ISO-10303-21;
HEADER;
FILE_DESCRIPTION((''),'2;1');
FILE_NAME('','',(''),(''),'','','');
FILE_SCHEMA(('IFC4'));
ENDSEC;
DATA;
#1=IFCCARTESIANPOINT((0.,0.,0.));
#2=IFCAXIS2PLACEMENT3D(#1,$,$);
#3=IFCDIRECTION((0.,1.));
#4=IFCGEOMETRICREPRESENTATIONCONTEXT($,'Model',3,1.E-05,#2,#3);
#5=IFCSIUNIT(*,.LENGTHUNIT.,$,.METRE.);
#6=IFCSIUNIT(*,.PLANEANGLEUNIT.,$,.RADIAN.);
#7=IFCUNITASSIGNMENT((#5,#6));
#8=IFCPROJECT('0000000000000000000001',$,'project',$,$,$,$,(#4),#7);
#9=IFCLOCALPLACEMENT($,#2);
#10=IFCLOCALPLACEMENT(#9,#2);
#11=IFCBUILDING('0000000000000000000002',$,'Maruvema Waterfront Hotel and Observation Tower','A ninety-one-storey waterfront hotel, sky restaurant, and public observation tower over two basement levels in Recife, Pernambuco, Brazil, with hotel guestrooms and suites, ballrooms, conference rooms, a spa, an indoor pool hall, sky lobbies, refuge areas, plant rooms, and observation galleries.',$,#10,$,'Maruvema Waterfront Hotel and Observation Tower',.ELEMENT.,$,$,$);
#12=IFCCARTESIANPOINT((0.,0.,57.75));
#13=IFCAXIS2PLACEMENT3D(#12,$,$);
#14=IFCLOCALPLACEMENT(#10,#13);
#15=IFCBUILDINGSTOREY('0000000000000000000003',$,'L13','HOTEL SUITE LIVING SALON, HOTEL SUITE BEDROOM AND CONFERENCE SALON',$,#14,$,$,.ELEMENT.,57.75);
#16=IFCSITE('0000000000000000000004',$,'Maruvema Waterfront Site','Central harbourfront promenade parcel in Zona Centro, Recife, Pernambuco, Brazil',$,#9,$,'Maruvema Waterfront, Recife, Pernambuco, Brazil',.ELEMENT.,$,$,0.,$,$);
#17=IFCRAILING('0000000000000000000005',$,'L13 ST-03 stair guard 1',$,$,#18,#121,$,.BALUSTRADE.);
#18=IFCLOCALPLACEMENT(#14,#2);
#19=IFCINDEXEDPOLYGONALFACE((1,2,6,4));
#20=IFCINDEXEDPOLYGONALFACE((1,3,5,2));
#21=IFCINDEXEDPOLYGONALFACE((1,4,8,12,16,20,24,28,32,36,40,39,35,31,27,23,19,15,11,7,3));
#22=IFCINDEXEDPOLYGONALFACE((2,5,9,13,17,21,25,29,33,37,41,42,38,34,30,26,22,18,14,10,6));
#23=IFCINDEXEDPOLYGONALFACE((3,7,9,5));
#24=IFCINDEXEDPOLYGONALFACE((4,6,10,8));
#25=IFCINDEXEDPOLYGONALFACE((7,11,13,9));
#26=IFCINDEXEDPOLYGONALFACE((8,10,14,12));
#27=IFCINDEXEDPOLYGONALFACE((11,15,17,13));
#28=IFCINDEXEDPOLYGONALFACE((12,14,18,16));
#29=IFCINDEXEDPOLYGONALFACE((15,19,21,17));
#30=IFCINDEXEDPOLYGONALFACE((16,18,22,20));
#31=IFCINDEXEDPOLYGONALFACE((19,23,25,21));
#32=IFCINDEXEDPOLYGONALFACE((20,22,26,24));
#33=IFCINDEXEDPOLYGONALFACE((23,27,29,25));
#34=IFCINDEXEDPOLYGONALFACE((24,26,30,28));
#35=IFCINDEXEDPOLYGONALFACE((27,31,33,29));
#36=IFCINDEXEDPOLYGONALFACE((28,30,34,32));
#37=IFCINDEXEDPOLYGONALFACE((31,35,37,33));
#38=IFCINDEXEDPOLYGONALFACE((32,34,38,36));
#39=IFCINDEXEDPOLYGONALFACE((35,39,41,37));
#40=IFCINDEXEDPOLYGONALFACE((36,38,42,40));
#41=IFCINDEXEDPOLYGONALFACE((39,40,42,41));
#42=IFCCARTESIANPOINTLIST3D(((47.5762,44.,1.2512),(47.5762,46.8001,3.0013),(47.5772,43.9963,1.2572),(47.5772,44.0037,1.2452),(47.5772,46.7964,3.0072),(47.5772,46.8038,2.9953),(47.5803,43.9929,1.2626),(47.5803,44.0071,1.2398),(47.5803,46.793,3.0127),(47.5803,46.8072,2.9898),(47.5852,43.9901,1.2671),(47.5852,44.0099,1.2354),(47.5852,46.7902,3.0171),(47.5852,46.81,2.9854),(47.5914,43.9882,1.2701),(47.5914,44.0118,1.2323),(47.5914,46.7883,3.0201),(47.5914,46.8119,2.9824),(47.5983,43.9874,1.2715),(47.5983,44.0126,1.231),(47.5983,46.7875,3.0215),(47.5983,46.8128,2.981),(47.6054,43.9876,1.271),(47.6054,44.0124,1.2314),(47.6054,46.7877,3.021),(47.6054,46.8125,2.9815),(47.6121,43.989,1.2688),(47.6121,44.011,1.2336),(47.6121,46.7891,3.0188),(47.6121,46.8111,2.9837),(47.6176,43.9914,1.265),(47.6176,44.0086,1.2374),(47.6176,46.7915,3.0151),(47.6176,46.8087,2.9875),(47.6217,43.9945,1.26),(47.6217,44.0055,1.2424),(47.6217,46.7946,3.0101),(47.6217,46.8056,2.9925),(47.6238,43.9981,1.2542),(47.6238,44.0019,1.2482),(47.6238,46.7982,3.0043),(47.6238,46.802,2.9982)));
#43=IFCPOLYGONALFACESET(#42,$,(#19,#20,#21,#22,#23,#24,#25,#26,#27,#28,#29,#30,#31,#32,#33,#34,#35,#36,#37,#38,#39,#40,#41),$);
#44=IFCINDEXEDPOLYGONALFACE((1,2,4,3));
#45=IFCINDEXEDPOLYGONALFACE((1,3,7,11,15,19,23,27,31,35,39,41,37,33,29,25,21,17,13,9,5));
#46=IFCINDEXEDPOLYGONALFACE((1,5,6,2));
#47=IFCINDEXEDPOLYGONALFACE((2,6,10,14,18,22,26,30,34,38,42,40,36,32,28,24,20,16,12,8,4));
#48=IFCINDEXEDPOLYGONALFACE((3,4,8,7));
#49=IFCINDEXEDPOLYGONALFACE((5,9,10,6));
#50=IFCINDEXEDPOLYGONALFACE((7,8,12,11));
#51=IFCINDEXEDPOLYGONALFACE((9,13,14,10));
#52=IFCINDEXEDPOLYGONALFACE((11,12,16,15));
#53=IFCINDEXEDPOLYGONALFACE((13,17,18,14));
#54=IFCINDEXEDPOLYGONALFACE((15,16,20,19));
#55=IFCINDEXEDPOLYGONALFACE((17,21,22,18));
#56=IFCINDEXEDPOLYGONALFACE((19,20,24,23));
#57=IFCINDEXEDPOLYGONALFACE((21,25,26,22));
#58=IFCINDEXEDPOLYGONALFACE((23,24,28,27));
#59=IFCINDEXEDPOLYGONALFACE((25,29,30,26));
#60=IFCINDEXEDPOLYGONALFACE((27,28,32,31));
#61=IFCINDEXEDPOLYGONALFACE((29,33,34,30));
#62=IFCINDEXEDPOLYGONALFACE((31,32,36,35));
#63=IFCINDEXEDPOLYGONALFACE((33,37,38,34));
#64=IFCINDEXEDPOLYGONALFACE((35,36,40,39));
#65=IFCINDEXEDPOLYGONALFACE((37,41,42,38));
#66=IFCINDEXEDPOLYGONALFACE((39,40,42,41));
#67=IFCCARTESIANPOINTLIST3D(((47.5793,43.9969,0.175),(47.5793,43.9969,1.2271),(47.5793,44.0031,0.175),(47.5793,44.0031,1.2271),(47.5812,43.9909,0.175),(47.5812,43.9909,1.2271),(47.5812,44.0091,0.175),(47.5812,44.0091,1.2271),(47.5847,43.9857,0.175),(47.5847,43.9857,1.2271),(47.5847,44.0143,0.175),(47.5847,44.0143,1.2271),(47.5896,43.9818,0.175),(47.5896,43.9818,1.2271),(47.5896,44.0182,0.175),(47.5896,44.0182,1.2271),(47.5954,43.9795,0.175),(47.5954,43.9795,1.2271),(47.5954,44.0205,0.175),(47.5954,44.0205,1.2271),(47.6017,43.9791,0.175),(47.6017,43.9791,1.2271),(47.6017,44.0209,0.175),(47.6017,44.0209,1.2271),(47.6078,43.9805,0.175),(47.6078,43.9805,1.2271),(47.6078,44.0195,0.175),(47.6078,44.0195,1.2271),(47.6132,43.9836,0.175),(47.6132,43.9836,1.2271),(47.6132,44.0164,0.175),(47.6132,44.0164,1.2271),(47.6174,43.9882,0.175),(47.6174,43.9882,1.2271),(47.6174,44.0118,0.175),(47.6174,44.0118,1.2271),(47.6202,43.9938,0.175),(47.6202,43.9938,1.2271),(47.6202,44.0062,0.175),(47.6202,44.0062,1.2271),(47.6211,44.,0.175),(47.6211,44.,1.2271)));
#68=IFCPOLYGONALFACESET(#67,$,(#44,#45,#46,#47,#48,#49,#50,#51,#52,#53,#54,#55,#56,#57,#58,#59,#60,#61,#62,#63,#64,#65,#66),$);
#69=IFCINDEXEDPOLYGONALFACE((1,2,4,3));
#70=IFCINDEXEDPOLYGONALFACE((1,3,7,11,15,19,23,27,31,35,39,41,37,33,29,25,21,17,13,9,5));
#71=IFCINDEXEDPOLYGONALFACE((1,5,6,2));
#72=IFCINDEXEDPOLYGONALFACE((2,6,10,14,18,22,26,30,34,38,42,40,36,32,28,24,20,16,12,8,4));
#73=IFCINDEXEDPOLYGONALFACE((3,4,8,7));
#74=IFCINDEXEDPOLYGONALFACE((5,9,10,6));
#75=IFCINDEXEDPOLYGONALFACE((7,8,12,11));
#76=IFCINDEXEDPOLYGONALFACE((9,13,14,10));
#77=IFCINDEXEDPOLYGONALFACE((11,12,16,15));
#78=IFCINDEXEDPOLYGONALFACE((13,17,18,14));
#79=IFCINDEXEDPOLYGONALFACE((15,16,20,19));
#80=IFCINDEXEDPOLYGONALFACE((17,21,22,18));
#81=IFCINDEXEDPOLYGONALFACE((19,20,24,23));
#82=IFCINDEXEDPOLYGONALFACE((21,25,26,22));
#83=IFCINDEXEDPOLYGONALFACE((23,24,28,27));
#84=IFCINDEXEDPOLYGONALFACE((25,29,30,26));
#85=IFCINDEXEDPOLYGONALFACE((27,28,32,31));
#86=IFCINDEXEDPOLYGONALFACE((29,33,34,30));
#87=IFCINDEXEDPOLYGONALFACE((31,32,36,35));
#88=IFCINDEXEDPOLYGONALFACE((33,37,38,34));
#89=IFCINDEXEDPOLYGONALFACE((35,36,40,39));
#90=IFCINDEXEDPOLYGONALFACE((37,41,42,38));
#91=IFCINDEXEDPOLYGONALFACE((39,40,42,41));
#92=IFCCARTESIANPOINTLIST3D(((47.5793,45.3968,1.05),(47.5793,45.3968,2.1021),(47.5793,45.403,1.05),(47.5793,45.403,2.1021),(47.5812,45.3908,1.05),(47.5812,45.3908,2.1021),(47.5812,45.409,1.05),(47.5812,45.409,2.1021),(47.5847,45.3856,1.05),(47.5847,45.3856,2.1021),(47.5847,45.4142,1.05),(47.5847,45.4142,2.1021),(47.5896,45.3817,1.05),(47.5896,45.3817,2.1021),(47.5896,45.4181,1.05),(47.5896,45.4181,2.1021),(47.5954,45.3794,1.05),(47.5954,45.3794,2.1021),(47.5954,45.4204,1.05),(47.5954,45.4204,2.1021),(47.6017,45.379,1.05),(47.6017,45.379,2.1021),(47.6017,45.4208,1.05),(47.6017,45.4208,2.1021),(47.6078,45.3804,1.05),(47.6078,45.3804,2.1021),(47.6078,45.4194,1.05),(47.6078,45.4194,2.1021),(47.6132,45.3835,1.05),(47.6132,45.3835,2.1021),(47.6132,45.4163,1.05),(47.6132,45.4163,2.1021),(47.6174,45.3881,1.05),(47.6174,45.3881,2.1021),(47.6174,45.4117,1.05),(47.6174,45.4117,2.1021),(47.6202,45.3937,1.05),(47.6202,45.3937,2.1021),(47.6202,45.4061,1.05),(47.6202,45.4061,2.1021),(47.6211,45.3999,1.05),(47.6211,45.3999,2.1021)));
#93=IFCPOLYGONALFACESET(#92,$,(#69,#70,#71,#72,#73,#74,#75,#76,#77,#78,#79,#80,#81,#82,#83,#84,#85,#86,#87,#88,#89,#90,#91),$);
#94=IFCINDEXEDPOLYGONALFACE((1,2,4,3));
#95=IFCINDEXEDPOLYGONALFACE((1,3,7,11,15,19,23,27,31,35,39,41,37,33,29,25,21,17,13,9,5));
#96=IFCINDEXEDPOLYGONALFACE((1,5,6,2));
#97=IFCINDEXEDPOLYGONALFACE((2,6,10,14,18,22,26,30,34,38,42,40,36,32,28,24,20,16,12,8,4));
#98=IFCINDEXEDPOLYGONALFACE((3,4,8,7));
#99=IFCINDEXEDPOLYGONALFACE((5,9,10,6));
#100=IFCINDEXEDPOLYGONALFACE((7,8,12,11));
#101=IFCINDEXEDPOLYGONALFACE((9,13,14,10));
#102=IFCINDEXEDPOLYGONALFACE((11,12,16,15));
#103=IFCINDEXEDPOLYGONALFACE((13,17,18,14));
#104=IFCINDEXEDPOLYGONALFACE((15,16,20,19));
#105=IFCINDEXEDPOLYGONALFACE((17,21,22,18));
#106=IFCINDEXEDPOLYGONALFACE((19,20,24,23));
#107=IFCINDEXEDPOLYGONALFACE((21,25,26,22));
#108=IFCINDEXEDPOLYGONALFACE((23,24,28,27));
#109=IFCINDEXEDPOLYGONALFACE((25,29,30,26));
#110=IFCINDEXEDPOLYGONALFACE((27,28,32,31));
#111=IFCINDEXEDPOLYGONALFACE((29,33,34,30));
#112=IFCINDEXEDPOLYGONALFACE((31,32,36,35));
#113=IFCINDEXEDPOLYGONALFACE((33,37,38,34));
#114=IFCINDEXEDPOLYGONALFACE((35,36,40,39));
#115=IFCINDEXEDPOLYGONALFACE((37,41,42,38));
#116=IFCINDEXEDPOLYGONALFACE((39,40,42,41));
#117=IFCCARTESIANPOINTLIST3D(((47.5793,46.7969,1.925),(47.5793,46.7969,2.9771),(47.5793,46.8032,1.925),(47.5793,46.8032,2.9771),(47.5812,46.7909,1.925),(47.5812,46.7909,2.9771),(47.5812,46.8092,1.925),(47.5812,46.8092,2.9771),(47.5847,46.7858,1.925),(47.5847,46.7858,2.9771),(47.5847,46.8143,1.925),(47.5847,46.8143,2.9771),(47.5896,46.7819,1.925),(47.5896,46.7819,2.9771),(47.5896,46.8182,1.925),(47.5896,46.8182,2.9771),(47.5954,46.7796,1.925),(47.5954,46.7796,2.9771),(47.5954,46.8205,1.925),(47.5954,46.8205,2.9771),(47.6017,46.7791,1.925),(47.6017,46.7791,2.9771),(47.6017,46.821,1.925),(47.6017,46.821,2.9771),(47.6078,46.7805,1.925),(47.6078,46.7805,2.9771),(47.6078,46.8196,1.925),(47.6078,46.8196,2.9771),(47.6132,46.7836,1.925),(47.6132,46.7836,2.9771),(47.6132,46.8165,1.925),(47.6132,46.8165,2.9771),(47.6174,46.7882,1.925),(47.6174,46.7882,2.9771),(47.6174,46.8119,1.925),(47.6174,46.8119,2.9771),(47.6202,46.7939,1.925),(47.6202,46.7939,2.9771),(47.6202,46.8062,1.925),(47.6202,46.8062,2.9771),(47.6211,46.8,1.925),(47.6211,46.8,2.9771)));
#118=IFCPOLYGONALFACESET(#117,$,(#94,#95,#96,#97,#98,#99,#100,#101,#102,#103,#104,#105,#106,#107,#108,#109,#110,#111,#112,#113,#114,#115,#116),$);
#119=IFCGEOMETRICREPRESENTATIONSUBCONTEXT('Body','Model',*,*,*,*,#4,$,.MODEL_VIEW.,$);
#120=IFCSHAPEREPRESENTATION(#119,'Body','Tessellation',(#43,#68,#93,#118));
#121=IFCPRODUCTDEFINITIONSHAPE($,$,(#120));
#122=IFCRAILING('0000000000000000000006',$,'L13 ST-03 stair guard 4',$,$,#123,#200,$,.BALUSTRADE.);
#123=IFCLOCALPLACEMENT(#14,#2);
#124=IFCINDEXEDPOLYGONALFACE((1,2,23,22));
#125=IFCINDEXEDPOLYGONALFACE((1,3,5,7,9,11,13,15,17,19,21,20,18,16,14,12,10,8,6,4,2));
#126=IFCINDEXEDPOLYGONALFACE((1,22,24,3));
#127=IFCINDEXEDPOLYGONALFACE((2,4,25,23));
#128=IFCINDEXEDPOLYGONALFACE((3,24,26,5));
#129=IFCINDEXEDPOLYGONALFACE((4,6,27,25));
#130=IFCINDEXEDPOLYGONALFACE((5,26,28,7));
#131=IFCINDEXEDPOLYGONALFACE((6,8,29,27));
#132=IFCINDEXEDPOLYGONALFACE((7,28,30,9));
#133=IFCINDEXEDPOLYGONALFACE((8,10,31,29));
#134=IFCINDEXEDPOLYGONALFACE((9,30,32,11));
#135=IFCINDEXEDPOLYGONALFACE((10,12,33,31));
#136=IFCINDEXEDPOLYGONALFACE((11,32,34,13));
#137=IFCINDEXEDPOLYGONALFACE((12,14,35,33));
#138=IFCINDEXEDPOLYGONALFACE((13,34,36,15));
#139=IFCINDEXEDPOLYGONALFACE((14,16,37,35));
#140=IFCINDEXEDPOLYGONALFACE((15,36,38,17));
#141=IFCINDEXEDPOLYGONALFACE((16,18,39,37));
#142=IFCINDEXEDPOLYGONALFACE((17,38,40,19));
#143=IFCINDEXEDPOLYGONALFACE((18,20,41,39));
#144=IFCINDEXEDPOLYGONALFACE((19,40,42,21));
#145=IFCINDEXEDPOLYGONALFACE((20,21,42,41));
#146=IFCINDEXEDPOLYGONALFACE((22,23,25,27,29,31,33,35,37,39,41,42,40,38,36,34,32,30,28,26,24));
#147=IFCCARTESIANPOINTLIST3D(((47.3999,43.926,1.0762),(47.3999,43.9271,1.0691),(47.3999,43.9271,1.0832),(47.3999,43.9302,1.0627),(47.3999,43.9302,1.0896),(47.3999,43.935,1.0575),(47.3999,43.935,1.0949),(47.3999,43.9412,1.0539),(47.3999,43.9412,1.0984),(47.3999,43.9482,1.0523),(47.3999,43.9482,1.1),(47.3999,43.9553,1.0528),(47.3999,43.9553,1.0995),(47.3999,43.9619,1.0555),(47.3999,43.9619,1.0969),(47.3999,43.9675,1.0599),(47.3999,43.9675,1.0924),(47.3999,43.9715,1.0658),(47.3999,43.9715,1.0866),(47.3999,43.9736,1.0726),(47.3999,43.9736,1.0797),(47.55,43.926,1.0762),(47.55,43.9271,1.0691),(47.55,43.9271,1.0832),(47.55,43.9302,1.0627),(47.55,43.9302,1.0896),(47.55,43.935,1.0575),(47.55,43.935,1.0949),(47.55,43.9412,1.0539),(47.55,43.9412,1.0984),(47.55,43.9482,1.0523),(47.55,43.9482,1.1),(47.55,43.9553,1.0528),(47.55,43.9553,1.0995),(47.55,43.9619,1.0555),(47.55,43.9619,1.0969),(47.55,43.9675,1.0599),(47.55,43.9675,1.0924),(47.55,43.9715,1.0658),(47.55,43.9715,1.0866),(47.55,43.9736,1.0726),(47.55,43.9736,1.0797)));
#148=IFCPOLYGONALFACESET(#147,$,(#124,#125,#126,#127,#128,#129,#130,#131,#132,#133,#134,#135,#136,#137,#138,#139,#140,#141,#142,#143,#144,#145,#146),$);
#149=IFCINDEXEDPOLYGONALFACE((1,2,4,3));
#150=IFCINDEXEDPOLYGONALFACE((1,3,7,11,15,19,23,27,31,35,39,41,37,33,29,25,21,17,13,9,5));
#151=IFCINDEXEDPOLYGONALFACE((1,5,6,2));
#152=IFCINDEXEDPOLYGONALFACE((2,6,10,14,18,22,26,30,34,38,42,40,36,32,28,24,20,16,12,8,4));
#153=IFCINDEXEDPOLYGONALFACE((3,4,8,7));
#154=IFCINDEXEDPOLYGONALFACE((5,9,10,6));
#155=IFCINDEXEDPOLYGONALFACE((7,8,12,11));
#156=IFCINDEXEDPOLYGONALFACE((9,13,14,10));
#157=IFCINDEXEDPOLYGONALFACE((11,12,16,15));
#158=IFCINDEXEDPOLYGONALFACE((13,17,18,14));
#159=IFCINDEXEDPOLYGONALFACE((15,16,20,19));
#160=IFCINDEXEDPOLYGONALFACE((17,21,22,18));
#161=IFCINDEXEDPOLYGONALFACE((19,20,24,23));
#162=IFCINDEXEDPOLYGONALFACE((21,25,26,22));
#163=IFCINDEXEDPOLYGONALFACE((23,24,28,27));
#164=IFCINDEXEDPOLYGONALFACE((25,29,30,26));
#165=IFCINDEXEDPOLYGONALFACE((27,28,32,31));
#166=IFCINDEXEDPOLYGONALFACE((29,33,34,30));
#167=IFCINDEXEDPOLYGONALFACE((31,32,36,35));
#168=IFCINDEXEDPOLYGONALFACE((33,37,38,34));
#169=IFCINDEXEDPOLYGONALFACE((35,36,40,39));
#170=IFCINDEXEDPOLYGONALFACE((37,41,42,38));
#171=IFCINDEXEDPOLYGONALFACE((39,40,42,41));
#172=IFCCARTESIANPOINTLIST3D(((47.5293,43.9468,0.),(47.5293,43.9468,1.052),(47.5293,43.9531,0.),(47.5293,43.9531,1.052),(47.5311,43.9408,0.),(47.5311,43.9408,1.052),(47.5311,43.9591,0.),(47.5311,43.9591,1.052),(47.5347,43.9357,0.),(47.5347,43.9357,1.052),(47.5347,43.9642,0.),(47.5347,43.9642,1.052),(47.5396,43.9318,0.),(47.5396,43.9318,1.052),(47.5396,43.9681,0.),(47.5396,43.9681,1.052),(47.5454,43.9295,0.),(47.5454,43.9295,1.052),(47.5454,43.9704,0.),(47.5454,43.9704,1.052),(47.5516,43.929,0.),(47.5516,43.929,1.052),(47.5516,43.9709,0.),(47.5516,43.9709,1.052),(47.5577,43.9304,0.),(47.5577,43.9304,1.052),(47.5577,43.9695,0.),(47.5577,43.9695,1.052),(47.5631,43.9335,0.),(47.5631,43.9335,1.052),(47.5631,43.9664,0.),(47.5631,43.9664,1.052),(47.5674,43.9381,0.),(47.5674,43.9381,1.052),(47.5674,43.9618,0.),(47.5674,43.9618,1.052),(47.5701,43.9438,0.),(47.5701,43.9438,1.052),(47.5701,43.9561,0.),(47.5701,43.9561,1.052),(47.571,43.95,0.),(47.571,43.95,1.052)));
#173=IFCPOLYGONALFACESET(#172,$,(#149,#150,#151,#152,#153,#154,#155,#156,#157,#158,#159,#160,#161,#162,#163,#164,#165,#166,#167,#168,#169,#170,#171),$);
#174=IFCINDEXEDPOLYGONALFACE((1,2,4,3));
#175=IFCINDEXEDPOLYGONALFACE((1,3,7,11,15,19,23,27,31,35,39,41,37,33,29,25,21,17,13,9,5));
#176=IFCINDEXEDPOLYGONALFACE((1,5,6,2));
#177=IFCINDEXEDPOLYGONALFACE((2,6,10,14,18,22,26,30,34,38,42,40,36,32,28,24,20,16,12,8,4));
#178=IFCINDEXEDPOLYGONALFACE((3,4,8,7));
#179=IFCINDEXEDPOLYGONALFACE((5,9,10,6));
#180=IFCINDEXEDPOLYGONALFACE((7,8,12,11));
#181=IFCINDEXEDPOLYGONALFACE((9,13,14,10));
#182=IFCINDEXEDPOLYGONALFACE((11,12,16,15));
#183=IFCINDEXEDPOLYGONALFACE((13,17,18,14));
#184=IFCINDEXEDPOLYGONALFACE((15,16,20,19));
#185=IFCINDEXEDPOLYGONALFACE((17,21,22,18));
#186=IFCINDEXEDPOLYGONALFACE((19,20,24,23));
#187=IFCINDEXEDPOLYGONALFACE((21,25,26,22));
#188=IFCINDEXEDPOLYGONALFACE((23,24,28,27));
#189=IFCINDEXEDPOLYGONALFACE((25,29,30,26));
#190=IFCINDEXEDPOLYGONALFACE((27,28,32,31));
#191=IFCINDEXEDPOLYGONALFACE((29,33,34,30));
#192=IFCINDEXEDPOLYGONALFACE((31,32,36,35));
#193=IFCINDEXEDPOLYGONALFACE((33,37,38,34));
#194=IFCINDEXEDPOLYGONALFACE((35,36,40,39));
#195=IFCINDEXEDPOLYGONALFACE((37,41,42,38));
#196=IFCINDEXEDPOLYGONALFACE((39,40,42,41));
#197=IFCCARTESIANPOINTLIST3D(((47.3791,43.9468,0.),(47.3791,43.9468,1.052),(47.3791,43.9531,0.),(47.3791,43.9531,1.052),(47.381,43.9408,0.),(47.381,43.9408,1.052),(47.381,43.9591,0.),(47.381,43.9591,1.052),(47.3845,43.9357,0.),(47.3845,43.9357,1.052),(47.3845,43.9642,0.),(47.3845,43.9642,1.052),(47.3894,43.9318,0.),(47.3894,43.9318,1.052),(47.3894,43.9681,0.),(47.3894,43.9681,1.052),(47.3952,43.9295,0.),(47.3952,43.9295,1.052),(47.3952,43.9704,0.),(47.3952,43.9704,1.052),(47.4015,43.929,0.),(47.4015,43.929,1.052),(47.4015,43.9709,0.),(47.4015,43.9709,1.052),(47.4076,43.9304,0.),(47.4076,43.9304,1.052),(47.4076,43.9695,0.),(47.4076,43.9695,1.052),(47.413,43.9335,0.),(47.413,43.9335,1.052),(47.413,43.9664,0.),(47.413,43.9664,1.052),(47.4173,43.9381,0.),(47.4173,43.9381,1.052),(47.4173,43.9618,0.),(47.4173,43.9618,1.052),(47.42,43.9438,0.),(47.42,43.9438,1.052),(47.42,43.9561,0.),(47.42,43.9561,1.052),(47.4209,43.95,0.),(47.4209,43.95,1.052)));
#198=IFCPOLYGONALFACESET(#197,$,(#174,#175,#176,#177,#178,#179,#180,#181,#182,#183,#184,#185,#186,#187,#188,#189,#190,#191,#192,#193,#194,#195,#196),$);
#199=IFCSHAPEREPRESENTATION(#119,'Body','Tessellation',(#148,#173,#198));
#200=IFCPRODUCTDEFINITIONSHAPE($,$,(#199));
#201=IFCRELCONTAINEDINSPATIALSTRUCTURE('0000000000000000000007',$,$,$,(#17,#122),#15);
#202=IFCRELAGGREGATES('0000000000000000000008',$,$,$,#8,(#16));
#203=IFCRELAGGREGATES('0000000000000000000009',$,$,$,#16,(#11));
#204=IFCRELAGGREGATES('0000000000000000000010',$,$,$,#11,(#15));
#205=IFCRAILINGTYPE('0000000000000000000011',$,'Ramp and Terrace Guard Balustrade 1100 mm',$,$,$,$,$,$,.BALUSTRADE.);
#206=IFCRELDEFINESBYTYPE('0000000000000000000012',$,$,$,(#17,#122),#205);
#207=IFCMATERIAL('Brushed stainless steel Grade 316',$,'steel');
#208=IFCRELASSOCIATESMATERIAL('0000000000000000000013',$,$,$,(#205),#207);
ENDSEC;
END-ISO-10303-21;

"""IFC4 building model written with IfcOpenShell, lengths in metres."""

from ifc_helpers import new_model, si_unit, direction, frame, origin, origin_2d, place, context, subcontext, project, spatial, circle, extrude, material, type_object, element, save


model = new_model("IFC4")

# Units and contexts
model_context = context("Model", 3, precision=1e-05, world=origin(), true_north=direction((0.0, 1.0)))
body_context = subcontext(model_context, "Body", "Model", "MODEL_VIEW")
ifc_project = project(units=[si_unit("LENGTHUNIT", "METRE"), si_unit("PLANEANGLEUNIT", "RADIAN")], contexts=[model_context])

# Site, building, storey
site_placement = place(None, origin())
site = spatial("IfcSite", under=ifc_project, at=site_placement, Name="Maruvema Waterfront Site", Description="Central harbourfront promenade parcel in Zona Centro, Recife, Pernambuco, Brazil", LongName="Maruvema Waterfront, Recife, Pernambuco, Brazil", CompositionType="ELEMENT", RefElevation=0.0)
building_placement = place(site_placement, origin())
building = spatial("IfcBuilding", under=site, at=building_placement, Name="Maruvema Waterfront Hotel and Observation Tower", Description="A ninety-one-storey waterfront hotel, sky restaurant, and public observation tower over two basement levels in Recife, Pernambuco, Brazil, with hotel guestrooms and suites, ballrooms, conference rooms, a spa, an indoor pool hall, sky lobbies, refuge areas, plant rooms, and observation galleries.", LongName="Maruvema Waterfront Hotel and Observation Tower", CompositionType="ELEMENT")
storey_placement = place(building_placement, frame((0.0, 0.0, 57.75)))
storey = spatial("IfcBuildingStorey", under=building, at=storey_placement, Name="L13", Description="HOTEL SUITE LIVING SALON, HOTEL SUITE BEDROOM AND CONFERENCE SALON", CompositionType="ELEMENT", Elevation=57.75)

# Railings
ifc_material_1 = material(Name="Brushed stainless steel Grade 316", Category="steel")
railing_type_1 = type_object("IfcRailingType", Name="Ramp and Terrace Guard Balustrade 1100 mm", PredefinedType="BALUSTRADE", material=ifc_material_1)
railing_1_placement = place(storey_placement, frame((47.6001, 44.0, 0.175)))
element("IfcRailing", 1, at=railing_1_placement, inside=storey, type_object=railing_type_1, Name="L13 ST-03 stair guard 1", PredefinedType="BALUSTRADE", context=body_context, shape_type="SweptSolid", body=[
    extrude(circle(Radius=0.0239, at=origin_2d()), frame((0.0, 0.0, 1.0762), z_axis=(0.0, 0.848002, 0.529992), x_axis=(-1.0, 0.0, 0.0)), (0.0, 0.0, 1.0), 3.302),
    extrude(circle(Radius=0.021, at=origin_2d()), origin(), (0.0, 0.0, 1.0), 1.052),
    extrude(circle(Radius=0.021, at=origin_2d()), frame((0.0, 1.3999, 0.875)), (0.0, 0.0, 1.0), 1.052),
    extrude(circle(Radius=0.021, at=origin_2d()), frame((0.0, 2.8, 1.75)), (0.0, 0.0, 1.0), 1.052),
])
railing_2_placement = place(storey_placement, frame((47.55, 43.95, 0.0)))
element("IfcRailing", 2, at=railing_2_placement, inside=storey, type_object=railing_type_1, Name="L13 ST-03 stair guard 4", PredefinedType="BALUSTRADE", context=body_context, shape_type="SweptSolid", body=[
    extrude(circle(Radius=0.0239, at=origin_2d()), frame((0.0, 0.0, 1.0762), z_axis=(-1.0, 0.0, 0.0), x_axis=(0.0, -1.0, 0.0)), (0.0, 0.0, 1.0), 0.1501),
    extrude(circle(Radius=0.021, at=origin_2d()), origin(), (0.0, 0.0, 1.0), 1.052),
    extrude(circle(Radius=0.021, at=origin_2d()), frame((-0.1501, 0.0, 0.0)), (0.0, 0.0, 1.0), 1.052),
])

save(model, "model.ifc")
